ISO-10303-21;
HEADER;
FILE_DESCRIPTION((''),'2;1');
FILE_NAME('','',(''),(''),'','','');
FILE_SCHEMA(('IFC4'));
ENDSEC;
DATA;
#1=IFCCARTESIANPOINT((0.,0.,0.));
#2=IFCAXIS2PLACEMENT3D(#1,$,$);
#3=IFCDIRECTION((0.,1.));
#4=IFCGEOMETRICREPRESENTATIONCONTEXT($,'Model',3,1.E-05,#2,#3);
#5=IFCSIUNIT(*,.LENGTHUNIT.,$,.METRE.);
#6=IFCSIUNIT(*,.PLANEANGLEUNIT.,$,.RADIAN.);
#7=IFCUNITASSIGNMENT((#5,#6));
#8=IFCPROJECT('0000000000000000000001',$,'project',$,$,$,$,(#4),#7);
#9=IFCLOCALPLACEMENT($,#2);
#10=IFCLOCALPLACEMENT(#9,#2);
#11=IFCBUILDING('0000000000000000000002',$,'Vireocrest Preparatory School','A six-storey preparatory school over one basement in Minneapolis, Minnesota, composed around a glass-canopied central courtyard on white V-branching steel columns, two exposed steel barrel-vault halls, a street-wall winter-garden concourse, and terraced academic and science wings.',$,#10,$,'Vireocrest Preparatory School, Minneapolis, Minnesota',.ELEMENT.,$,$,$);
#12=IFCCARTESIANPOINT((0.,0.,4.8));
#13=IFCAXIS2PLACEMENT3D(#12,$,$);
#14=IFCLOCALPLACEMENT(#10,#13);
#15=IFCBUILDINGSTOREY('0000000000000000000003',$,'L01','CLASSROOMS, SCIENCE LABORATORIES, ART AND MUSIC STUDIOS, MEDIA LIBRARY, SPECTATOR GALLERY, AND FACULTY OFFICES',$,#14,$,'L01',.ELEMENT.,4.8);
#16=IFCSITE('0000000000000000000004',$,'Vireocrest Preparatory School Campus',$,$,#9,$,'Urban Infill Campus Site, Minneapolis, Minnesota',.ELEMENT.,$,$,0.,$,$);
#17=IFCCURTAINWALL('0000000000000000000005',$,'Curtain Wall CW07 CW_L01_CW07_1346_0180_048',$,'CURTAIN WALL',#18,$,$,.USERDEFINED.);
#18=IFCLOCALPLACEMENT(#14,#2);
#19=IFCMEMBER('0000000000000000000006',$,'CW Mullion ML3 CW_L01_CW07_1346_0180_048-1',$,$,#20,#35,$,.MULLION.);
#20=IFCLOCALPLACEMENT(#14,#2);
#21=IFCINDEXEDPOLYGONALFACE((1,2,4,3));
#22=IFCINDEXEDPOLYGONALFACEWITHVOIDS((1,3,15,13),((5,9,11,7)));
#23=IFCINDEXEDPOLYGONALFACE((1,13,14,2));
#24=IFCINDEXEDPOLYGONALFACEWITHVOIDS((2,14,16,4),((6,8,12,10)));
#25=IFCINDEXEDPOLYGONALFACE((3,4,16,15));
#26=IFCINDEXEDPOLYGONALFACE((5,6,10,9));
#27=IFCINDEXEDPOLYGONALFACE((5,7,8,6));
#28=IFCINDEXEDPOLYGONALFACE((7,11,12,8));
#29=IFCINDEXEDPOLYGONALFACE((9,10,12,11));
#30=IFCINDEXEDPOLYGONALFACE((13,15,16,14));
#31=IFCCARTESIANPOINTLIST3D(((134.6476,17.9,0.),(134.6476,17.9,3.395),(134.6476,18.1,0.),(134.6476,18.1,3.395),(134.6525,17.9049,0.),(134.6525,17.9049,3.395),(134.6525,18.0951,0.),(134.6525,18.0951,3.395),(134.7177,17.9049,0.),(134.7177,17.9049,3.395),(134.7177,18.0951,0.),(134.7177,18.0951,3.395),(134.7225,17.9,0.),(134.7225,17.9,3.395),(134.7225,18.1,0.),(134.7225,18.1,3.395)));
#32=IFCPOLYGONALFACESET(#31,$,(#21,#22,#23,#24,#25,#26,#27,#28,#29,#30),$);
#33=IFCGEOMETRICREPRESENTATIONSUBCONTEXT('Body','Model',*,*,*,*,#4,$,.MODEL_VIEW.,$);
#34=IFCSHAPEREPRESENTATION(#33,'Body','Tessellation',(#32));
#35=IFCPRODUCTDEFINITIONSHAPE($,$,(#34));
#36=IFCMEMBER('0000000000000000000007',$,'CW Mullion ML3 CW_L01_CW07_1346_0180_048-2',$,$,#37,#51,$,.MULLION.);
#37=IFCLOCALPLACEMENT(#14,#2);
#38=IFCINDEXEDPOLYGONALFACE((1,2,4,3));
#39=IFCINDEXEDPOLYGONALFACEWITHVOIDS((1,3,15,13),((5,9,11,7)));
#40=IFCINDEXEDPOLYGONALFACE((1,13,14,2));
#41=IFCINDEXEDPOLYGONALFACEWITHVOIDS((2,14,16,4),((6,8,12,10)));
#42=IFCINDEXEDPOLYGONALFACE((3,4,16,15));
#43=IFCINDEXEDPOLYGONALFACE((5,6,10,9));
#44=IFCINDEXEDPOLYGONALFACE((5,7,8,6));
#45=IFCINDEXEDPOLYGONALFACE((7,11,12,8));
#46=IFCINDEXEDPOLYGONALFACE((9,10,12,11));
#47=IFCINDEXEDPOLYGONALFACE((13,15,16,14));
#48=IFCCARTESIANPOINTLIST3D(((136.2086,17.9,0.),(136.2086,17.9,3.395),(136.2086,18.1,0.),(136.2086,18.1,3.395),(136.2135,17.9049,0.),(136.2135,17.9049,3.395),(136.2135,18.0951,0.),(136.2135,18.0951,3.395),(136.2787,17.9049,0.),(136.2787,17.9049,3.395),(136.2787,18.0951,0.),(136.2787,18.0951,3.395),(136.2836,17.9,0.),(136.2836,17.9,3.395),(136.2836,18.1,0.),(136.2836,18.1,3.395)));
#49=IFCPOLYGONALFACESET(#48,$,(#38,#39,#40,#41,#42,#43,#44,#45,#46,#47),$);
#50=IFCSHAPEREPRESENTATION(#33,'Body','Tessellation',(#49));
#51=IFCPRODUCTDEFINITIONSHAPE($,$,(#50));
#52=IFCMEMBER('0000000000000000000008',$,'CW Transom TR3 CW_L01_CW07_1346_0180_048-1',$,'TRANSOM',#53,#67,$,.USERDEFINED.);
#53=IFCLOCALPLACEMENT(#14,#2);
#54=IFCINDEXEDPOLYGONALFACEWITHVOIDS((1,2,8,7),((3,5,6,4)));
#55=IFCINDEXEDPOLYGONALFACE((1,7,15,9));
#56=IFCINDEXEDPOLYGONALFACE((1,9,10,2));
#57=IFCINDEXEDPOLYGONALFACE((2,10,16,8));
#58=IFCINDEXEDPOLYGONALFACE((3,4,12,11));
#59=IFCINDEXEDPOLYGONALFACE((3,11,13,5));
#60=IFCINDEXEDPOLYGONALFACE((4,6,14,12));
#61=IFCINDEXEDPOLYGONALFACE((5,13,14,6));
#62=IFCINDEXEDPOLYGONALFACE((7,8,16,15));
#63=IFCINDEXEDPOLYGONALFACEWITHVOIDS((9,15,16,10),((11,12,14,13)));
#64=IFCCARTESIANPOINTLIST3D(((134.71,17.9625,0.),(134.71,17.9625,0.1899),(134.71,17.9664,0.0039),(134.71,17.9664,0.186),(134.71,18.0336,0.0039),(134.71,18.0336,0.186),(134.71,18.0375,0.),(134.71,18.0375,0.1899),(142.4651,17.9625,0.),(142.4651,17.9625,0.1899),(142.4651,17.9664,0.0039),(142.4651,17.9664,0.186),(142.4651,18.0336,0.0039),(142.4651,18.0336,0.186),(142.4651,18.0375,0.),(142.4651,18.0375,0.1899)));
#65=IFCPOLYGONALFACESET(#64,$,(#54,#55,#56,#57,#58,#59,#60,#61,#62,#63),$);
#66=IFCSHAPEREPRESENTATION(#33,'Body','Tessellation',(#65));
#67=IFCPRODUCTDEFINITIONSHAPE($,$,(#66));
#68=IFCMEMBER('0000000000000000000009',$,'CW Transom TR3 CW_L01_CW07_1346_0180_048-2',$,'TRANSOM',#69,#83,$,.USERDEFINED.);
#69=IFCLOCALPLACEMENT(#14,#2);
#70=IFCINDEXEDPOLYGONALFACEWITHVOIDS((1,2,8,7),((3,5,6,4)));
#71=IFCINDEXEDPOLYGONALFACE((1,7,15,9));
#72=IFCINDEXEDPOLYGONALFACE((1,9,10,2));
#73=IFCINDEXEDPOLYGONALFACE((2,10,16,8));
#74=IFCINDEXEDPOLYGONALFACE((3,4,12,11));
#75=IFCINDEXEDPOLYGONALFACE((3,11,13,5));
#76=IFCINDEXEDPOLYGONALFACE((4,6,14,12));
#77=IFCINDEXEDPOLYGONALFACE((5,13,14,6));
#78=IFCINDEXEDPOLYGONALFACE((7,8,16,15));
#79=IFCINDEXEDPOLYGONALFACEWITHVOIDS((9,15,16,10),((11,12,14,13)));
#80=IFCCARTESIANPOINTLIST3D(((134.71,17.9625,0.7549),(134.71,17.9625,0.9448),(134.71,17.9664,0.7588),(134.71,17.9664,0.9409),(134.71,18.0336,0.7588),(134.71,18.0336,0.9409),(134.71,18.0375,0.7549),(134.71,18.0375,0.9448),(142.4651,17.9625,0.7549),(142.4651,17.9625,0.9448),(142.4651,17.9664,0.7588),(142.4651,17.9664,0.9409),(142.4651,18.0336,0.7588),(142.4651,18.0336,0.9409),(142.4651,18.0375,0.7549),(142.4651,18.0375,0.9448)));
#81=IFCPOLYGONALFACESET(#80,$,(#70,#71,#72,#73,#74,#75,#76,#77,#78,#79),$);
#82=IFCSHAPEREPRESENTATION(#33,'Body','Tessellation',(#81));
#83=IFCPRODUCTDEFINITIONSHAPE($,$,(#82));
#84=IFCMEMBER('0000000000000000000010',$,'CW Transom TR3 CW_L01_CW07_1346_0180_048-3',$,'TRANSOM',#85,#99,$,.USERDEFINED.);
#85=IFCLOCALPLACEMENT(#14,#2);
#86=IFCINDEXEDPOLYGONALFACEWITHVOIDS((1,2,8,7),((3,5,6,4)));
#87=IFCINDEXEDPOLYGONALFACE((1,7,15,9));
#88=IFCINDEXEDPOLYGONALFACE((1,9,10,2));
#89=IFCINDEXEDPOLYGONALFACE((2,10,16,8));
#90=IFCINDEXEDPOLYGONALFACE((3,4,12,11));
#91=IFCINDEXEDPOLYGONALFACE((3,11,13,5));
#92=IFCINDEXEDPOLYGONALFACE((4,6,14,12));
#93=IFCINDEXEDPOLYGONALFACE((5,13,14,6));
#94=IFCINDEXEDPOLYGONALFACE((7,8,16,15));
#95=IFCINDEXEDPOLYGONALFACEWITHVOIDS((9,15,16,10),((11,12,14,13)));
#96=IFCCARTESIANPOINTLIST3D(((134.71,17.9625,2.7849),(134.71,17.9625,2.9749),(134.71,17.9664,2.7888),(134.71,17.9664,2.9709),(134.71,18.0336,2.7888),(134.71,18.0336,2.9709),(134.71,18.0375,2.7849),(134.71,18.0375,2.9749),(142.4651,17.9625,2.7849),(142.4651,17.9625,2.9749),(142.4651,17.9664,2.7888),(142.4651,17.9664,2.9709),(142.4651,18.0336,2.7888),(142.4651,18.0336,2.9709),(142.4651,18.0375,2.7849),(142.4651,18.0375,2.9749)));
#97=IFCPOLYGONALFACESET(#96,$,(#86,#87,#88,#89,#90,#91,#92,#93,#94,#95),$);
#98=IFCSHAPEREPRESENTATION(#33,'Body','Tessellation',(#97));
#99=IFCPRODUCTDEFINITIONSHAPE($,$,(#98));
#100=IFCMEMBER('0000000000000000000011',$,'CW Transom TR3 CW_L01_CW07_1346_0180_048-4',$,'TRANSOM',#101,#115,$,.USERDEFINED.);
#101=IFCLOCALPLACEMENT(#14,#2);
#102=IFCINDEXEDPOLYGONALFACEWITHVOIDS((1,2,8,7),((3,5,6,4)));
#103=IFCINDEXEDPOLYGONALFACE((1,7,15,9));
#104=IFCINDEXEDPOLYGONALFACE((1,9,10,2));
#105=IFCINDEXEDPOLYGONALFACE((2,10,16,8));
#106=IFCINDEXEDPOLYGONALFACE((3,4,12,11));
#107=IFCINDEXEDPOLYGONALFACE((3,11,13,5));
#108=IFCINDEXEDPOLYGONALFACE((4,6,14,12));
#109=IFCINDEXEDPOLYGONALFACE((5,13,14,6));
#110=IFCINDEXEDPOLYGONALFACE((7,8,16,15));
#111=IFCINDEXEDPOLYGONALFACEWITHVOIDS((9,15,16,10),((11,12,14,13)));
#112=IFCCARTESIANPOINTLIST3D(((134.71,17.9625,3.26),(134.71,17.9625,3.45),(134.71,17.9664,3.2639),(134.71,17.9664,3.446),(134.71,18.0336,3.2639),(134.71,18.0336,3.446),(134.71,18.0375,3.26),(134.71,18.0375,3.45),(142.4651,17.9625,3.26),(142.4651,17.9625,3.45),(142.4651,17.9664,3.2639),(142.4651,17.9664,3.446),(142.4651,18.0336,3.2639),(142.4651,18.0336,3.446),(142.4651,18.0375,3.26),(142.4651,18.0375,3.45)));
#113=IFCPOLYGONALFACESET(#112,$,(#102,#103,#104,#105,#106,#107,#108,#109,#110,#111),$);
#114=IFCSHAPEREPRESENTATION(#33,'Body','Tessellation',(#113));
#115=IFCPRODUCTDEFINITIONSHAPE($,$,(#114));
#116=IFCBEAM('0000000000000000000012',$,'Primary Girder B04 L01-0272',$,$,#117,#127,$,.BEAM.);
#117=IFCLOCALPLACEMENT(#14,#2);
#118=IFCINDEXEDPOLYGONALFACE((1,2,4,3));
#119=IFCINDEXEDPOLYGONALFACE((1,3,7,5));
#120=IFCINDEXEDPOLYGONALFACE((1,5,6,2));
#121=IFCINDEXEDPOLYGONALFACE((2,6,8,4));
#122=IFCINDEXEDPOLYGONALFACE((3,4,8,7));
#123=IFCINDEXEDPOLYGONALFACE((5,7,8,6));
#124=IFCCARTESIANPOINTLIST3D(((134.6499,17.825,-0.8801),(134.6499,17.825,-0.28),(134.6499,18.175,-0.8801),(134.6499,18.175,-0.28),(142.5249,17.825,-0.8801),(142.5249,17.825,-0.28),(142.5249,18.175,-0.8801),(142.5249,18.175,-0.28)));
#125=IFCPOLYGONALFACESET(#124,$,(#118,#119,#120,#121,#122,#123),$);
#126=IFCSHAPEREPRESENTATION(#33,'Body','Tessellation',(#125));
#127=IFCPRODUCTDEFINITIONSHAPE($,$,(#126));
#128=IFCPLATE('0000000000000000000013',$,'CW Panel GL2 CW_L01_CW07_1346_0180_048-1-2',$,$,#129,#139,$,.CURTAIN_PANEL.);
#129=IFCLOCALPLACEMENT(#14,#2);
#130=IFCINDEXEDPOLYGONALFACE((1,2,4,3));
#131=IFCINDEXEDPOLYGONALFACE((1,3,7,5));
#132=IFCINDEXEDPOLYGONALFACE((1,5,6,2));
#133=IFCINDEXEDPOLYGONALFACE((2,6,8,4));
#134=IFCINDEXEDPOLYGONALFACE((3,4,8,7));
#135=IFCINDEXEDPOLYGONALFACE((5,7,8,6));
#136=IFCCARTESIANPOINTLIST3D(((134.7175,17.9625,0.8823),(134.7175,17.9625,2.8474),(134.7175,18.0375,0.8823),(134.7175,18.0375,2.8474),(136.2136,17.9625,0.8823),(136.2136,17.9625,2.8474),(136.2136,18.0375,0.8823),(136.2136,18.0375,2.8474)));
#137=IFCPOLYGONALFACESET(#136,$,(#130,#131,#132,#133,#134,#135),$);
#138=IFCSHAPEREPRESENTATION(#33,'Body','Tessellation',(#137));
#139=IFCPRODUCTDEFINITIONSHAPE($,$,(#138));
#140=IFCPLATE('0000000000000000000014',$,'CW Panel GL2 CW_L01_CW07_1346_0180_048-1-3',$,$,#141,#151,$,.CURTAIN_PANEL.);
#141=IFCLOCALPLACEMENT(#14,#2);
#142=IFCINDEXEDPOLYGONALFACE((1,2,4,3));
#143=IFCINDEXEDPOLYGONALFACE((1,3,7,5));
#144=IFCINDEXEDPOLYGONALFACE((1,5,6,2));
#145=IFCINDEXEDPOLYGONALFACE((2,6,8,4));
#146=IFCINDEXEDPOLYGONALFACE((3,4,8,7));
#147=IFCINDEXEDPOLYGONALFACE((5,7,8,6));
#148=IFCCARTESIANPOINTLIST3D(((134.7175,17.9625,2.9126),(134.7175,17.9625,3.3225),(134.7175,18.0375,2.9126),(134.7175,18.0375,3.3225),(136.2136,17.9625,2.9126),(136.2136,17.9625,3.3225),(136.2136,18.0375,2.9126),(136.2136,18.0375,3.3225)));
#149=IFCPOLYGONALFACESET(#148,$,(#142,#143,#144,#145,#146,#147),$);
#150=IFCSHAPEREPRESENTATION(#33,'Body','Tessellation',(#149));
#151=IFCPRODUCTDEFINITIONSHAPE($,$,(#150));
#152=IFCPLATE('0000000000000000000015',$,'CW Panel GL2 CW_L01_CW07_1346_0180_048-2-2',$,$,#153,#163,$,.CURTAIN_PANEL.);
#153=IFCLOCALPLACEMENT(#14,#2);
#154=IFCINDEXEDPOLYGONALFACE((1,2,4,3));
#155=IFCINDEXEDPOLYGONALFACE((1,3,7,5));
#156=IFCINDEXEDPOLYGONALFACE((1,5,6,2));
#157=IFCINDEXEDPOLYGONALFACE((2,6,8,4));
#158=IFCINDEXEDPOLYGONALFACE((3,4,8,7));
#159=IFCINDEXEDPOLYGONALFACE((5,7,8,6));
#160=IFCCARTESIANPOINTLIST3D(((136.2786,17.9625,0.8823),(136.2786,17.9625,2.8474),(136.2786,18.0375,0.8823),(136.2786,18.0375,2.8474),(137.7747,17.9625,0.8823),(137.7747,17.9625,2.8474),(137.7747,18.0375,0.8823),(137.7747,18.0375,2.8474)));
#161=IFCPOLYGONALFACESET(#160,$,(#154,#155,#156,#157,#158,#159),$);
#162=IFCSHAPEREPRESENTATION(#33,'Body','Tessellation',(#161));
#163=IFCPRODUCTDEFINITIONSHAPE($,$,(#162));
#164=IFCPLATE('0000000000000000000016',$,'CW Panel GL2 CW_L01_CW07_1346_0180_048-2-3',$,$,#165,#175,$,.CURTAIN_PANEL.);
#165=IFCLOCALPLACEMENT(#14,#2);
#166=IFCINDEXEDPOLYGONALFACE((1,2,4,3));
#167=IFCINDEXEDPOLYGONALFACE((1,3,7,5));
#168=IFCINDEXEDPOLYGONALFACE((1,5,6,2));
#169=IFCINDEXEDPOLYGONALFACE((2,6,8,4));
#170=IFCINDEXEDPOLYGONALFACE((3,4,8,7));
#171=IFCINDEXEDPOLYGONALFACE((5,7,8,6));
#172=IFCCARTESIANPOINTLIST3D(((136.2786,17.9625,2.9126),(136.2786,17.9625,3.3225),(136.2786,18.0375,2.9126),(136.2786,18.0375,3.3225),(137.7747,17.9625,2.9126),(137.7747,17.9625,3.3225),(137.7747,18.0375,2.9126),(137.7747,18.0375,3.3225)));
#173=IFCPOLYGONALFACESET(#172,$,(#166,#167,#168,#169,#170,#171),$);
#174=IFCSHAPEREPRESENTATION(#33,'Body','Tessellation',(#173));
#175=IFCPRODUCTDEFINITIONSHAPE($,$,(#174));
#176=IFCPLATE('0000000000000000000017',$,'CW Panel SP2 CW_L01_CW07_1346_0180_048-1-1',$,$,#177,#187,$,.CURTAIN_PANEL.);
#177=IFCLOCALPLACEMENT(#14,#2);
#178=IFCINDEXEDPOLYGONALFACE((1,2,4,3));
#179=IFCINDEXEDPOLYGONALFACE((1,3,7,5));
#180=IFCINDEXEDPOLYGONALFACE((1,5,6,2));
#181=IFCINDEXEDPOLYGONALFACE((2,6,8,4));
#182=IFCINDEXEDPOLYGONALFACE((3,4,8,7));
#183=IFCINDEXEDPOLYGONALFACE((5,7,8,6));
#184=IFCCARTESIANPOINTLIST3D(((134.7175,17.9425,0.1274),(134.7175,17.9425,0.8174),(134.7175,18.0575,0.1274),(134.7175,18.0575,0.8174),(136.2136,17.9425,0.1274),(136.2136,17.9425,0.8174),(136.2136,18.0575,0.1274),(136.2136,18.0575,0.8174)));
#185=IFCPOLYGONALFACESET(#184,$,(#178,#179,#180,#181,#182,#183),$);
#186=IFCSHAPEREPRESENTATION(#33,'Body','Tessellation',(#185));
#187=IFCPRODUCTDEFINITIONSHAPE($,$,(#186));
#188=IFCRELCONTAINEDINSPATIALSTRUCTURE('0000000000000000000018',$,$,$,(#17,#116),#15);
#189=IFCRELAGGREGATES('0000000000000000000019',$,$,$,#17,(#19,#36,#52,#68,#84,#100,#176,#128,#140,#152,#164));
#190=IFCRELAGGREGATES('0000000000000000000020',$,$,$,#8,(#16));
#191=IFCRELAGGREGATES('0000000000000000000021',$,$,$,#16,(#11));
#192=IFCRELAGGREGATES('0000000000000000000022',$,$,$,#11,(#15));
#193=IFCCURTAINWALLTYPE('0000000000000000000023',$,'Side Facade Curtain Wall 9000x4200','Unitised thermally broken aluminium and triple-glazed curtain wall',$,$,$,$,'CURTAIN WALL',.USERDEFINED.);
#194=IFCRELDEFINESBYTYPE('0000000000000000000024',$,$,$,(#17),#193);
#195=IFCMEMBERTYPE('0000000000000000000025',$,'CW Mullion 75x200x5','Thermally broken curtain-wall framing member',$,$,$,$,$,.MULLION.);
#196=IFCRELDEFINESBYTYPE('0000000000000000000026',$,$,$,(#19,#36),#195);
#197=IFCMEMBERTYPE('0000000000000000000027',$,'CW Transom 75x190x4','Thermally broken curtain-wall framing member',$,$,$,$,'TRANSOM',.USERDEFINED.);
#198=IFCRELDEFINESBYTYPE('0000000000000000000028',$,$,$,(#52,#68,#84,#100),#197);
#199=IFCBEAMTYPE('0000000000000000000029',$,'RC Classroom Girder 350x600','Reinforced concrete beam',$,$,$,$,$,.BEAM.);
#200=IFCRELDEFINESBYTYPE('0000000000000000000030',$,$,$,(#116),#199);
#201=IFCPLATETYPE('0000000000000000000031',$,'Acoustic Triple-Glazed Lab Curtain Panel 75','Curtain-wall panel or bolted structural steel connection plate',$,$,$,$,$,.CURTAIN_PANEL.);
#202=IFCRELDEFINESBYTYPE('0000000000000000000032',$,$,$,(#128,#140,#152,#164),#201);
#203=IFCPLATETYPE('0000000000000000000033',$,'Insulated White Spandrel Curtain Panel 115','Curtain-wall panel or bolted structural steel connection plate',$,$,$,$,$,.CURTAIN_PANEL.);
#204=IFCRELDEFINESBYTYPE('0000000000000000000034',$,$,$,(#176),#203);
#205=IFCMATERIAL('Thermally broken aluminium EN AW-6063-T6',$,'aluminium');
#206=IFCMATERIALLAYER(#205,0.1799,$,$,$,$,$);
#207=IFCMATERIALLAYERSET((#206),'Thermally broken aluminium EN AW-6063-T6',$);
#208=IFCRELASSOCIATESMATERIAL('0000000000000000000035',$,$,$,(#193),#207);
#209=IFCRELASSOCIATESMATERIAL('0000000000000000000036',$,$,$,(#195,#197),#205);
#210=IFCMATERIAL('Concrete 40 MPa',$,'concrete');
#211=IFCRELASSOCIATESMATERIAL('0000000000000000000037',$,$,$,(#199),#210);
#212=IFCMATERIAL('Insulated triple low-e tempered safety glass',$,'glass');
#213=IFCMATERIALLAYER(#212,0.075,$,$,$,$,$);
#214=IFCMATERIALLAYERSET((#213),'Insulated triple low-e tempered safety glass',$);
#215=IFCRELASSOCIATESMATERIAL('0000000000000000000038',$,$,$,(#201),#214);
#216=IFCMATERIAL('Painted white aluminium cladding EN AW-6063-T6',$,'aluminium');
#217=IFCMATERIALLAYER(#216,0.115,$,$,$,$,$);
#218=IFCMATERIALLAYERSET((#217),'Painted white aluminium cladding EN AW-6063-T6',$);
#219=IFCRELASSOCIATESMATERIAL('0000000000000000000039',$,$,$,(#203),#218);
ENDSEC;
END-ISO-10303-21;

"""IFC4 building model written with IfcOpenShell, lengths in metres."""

from ifc_helpers import new_model, si_unit, direction, frame, origin, origin_2d, place, context, subcontext, project, spatial, rectangle, hollow_rectangle, extrude, material, layer, layer_set, material_profile, profile_set, type_object, element, aggregate, save


model = new_model("IFC4")

# Units and contexts
model_context = context("Model", 3, precision=1e-05, world=origin(), true_north=direction((0.0, 1.0)))
body_context = subcontext(model_context, "Body", "Model", "MODEL_VIEW")
ifc_project = project(units=[si_unit("LENGTHUNIT", "METRE"), si_unit("PLANEANGLEUNIT", "RADIAN")], contexts=[model_context])

# Site, building, storey
site_placement = place(None, origin())
site = spatial("IfcSite", under=ifc_project, at=site_placement, Name="Vireocrest Preparatory School Campus", LongName="Urban Infill Campus Site, Minneapolis, Minnesota", CompositionType="ELEMENT", RefElevation=0.0)
building_placement = place(site_placement, origin())
building = spatial("IfcBuilding", under=site, at=building_placement, Name="Vireocrest Preparatory School", Description="A six-storey preparatory school over one basement in Minneapolis, Minnesota, composed around a glass-canopied central courtyard on white V-branching steel columns, two exposed steel barrel-vault halls, a street-wall winter-garden concourse, and terraced academic and science wings.", LongName="Vireocrest Preparatory School, Minneapolis, Minnesota", CompositionType="ELEMENT")
storey_placement = place(building_placement, frame((0.0, 0.0, 4.8)))
storey = spatial("IfcBuildingStorey", under=building, at=storey_placement, Name="L01", Description="CLASSROOMS, SCIENCE LABORATORIES, ART AND MUSIC STUDIOS, MEDIA LIBRARY, SPECTATOR GALLERY, AND FACULTY OFFICES", LongName="L01", CompositionType="ELEMENT", Elevation=4.8)

# Curtain wall, members
ifc_material_1 = material(Name="Thermally broken aluminium EN AW-6063-T6", Category="aluminium")
ifc_layer_1 = layer(ifc_material_1, 0.1799)
ifc_layer_set_1 = layer_set([ifc_layer_1], Name="Thermally broken aluminium EN AW-6063-T6")
curtain_wall_type = type_object("IfcCurtainWallType", Name="Side Facade Curtain Wall 9000x4200", Description="Unitised thermally broken aluminium and triple-glazed curtain wall", ElementType="CURTAIN WALL", PredefinedType="USERDEFINED", material=ifc_layer_set_1)
curtain_wall_placement = place(storey_placement, origin())
curtain_wall = element("IfcCurtainWall", 1, at=curtain_wall_placement, inside=storey, type_object=curtain_wall_type, Name="Curtain Wall CW07 CW_L01_CW07_1346_0180_048", ObjectType="CURTAIN WALL", PredefinedType="USERDEFINED")
ifc_material_profile_1 = material_profile(ifc_material_1, hollow_rectangle(XDim=0.075, YDim=0.2, WallThickness=0.0049, at=origin_2d()), Name="ALU 75x200x5")
ifc_profile_set_1 = profile_set([ifc_material_profile_1], Name="Thermally broken aluminium EN AW-6063-T6")
member_type_1 = type_object("IfcMemberType", Name="CW Mullion 75x200x5", Description="Thermally broken curtain-wall framing member", PredefinedType="MULLION", material=ifc_profile_set_1)
member_1_placement = place(storey_placement, frame((134.6851, 18.0, 0.0), z_axis=(0.0, 0.0, 1.0), x_axis=(1.0, 0.0, 0.0)))
member_1 = element("IfcMember", 2, at=member_1_placement, type_object=member_type_1, Name="CW Mullion ML3 CW_L01_CW07_1346_0180_048-1", PredefinedType="MULLION", context=body_context, shape_type="SweptSolid", body=[
    extrude(hollow_rectangle(XDim=0.075, YDim=0.2, WallThickness=0.0049, at=origin_2d()), origin(), (0.0, 0.0, 1.0), 3.395),
])
member_2_placement = place(storey_placement, frame((136.2461, 18.0, 0.0), z_axis=(0.0, 0.0, 1.0), x_axis=(1.0, 0.0, 0.0)))
member_2 = element("IfcMember", 3, at=member_2_placement, type_object=member_type_1, Name="CW Mullion ML3 CW_L01_CW07_1346_0180_048-2", PredefinedType="MULLION", context=body_context, shape_type="SweptSolid", body=[
    extrude(hollow_rectangle(XDim=0.075, YDim=0.2, WallThickness=0.0049, at=origin_2d()), origin(), (0.0, 0.0, 1.0), 3.395),
])
ifc_material_profile_2 = material_profile(ifc_material_1, hollow_rectangle(XDim=0.075, YDim=0.1899, WallThickness=0.0039, at=origin_2d()), Name="ALU 75x190x4")
ifc_profile_set_2 = profile_set([ifc_material_profile_2], Name="Thermally broken aluminium EN AW-6063-T6")
member_type_2 = type_object("IfcMemberType", Name="CW Transom 75x190x4", Description="Thermally broken curtain-wall framing member", ElementType="TRANSOM", PredefinedType="USERDEFINED", material=ifc_profile_set_2)
member_3_placement = place(storey_placement, frame((134.71, 18.0, 0.095), z_axis=(1.0, 0.0, 0.0), x_axis=(0.0, 1.0, 0.0)))
member_3 = element("IfcMember", 4, at=member_3_placement, type_object=member_type_2, Name="CW Transom TR3 CW_L01_CW07_1346_0180_048-1", ObjectType="TRANSOM", PredefinedType="USERDEFINED", context=body_context, shape_type="SweptSolid", body=[
    extrude(hollow_rectangle(XDim=0.075, YDim=0.1899, WallThickness=0.0039, at=origin_2d()), origin(), (0.0, 0.0, 1.0), 7.7551),
])
member_4_placement = place(storey_placement, frame((134.71, 18.0, 0.8499), z_axis=(1.0, 0.0, 0.0), x_axis=(0.0, 1.0, 0.0)))
member_4 = element("IfcMember", 5, at=member_4_placement, type_object=member_type_2, Name="CW Transom TR3 CW_L01_CW07_1346_0180_048-2", ObjectType="TRANSOM", PredefinedType="USERDEFINED", context=body_context, shape_type="SweptSolid", body=[
    extrude(hollow_rectangle(XDim=0.075, YDim=0.1899, WallThickness=0.0039, at=origin_2d()), origin(), (0.0, 0.0, 1.0), 7.7551),
])
member_5_placement = place(storey_placement, frame((134.71, 18.0, 2.8799), z_axis=(1.0, 0.0, 0.0), x_axis=(0.0, 1.0, 0.0)))
member_5 = element("IfcMember", 6, at=member_5_placement, type_object=member_type_2, Name="CW Transom TR3 CW_L01_CW07_1346_0180_048-3", ObjectType="TRANSOM", PredefinedType="USERDEFINED", context=body_context, shape_type="SweptSolid", body=[
    extrude(hollow_rectangle(XDim=0.075, YDim=0.1899, WallThickness=0.0039, at=origin_2d()), origin(), (0.0, 0.0, 1.0), 7.7551),
])
member_6_placement = place(storey_placement, frame((134.71, 18.0, 3.355), z_axis=(1.0, 0.0, 0.0), x_axis=(0.0, 1.0, 0.0)))
member_6 = element("IfcMember", 7, at=member_6_placement, type_object=member_type_2, Name="CW Transom TR3 CW_L01_CW07_1346_0180_048-4", ObjectType="TRANSOM", PredefinedType="USERDEFINED", context=body_context, shape_type="SweptSolid", body=[
    extrude(hollow_rectangle(XDim=0.075, YDim=0.1899, WallThickness=0.0039, at=origin_2d()), origin(), (0.0, 0.0, 1.0), 7.7551),
])

# Beam
ifc_material_2 = material(Name="Concrete 40 MPa", Category="concrete")
ifc_material_profile_3 = material_profile(ifc_material_2, rectangle(XDim=0.3501, YDim=0.6001, at=origin_2d()), Name="RC 350x600")
ifc_profile_set_3 = profile_set([ifc_material_profile_3], Name="Concrete 40 MPa")
beam_type = type_object("IfcBeamType", Name="RC Classroom Girder 350x600", Description="Reinforced concrete beam", PredefinedType="BEAM", material=ifc_profile_set_3)
beam_placement = place(storey_placement, frame((134.6499, 18.0, -0.5801), z_axis=(1.0, 0.0, 0.0), x_axis=(0.0, 1.0, 0.0)))
element("IfcBeam", 8, at=beam_placement, inside=storey, type_object=beam_type, Name="Primary Girder B04 L01-0272", PredefinedType="BEAM", context=body_context, shape_type="SweptSolid", body=[
    extrude(rectangle(XDim=0.3501, YDim=0.6001, at=origin_2d()), origin(), (0.0, 0.0, 1.0), 7.875),
])

# Plates
ifc_material_3 = material(Name="Insulated triple low-e tempered safety glass", Category="glass")
ifc_layer_2 = layer(ifc_material_3, 0.075)
ifc_layer_set_2 = layer_set([ifc_layer_2], Name="Insulated triple low-e tempered safety glass")
plate_type_1 = type_object("IfcPlateType", Name="Acoustic Triple-Glazed Lab Curtain Panel 75", Description="Curtain-wall panel or bolted structural steel connection plate", PredefinedType="CURTAIN_PANEL", material=ifc_layer_set_2)
plate_1_placement = place(storey_placement, frame((135.4656, 18.0, 0.8823), z_axis=(0.0, 0.0, 1.0), x_axis=(1.0, 0.0, 0.0)))
plate_1 = element("IfcPlate", 9, at=plate_1_placement, type_object=plate_type_1, Name="CW Panel GL2 CW_L01_CW07_1346_0180_048-1-2", PredefinedType="CURTAIN_PANEL", context=body_context, shape_type="SweptSolid", body=[
    extrude(rectangle(XDim=1.4961, YDim=0.075, at=origin_2d()), origin(), (0.0, 0.0, 1.0), 1.9651),
])
plate_2_placement = place(storey_placement, frame((135.4656, 18.0, 2.9126), z_axis=(0.0, 0.0, 1.0), x_axis=(1.0, 0.0, 0.0)))
plate_2 = element("IfcPlate", 10, at=plate_2_placement, type_object=plate_type_1, Name="CW Panel GL2 CW_L01_CW07_1346_0180_048-1-3", PredefinedType="CURTAIN_PANEL", context=body_context, shape_type="SweptSolid", body=[
    extrude(rectangle(XDim=1.4961, YDim=0.075, at=origin_2d()), origin(), (0.0, 0.0, 1.0), 0.4099),
])
plate_3_placement = place(storey_placement, frame((137.0266, 18.0, 0.8823), z_axis=(0.0, 0.0, 1.0), x_axis=(1.0, 0.0, 0.0)))
plate_3 = element("IfcPlate", 11, at=plate_3_placement, type_object=plate_type_1, Name="CW Panel GL2 CW_L01_CW07_1346_0180_048-2-2", PredefinedType="CURTAIN_PANEL", context=body_context, shape_type="SweptSolid", body=[
    extrude(rectangle(XDim=1.4961, YDim=0.075, at=origin_2d()), origin(), (0.0, 0.0, 1.0), 1.9651),
])
plate_4_placement = place(storey_placement, frame((137.0266, 18.0, 2.9126), z_axis=(0.0, 0.0, 1.0), x_axis=(1.0, 0.0, 0.0)))
plate_4 = element("IfcPlate", 12, at=plate_4_placement, type_object=plate_type_1, Name="CW Panel GL2 CW_L01_CW07_1346_0180_048-2-3", PredefinedType="CURTAIN_PANEL", context=body_context, shape_type="SweptSolid", body=[
    extrude(rectangle(XDim=1.4961, YDim=0.075, at=origin_2d()), origin(), (0.0, 0.0, 1.0), 0.4099),
])
ifc_material_4 = material(Name="Painted white aluminium cladding EN AW-6063-T6", Category="aluminium")
ifc_layer_3 = layer(ifc_material_4, 0.115)
ifc_layer_set_3 = layer_set([ifc_layer_3], Name="Painted white aluminium cladding EN AW-6063-T6")
plate_type_2 = type_object("IfcPlateType", Name="Insulated White Spandrel Curtain Panel 115", Description="Curtain-wall panel or bolted structural steel connection plate", PredefinedType="CURTAIN_PANEL", material=ifc_layer_set_3)
plate_5_placement = place(storey_placement, frame((135.4656, 18.0, 0.1274), z_axis=(0.0, 0.0, 1.0), x_axis=(1.0, 0.0, 0.0)))
plate_5 = element("IfcPlate", 13, at=plate_5_placement, type_object=plate_type_2, Name="CW Panel SP2 CW_L01_CW07_1346_0180_048-1-1", PredefinedType="CURTAIN_PANEL", context=body_context, shape_type="SweptSolid", body=[
    extrude(rectangle(XDim=1.4961, YDim=0.115, at=origin_2d()), origin(), (0.0, 0.0, 1.0), 0.6899),
])
aggregate(curtain_wall, [member_1, member_2, member_3, member_4, member_5, member_6, plate_5, plate_1, plate_2, plate_3, plate_4])

save(model, "model.ifc")
